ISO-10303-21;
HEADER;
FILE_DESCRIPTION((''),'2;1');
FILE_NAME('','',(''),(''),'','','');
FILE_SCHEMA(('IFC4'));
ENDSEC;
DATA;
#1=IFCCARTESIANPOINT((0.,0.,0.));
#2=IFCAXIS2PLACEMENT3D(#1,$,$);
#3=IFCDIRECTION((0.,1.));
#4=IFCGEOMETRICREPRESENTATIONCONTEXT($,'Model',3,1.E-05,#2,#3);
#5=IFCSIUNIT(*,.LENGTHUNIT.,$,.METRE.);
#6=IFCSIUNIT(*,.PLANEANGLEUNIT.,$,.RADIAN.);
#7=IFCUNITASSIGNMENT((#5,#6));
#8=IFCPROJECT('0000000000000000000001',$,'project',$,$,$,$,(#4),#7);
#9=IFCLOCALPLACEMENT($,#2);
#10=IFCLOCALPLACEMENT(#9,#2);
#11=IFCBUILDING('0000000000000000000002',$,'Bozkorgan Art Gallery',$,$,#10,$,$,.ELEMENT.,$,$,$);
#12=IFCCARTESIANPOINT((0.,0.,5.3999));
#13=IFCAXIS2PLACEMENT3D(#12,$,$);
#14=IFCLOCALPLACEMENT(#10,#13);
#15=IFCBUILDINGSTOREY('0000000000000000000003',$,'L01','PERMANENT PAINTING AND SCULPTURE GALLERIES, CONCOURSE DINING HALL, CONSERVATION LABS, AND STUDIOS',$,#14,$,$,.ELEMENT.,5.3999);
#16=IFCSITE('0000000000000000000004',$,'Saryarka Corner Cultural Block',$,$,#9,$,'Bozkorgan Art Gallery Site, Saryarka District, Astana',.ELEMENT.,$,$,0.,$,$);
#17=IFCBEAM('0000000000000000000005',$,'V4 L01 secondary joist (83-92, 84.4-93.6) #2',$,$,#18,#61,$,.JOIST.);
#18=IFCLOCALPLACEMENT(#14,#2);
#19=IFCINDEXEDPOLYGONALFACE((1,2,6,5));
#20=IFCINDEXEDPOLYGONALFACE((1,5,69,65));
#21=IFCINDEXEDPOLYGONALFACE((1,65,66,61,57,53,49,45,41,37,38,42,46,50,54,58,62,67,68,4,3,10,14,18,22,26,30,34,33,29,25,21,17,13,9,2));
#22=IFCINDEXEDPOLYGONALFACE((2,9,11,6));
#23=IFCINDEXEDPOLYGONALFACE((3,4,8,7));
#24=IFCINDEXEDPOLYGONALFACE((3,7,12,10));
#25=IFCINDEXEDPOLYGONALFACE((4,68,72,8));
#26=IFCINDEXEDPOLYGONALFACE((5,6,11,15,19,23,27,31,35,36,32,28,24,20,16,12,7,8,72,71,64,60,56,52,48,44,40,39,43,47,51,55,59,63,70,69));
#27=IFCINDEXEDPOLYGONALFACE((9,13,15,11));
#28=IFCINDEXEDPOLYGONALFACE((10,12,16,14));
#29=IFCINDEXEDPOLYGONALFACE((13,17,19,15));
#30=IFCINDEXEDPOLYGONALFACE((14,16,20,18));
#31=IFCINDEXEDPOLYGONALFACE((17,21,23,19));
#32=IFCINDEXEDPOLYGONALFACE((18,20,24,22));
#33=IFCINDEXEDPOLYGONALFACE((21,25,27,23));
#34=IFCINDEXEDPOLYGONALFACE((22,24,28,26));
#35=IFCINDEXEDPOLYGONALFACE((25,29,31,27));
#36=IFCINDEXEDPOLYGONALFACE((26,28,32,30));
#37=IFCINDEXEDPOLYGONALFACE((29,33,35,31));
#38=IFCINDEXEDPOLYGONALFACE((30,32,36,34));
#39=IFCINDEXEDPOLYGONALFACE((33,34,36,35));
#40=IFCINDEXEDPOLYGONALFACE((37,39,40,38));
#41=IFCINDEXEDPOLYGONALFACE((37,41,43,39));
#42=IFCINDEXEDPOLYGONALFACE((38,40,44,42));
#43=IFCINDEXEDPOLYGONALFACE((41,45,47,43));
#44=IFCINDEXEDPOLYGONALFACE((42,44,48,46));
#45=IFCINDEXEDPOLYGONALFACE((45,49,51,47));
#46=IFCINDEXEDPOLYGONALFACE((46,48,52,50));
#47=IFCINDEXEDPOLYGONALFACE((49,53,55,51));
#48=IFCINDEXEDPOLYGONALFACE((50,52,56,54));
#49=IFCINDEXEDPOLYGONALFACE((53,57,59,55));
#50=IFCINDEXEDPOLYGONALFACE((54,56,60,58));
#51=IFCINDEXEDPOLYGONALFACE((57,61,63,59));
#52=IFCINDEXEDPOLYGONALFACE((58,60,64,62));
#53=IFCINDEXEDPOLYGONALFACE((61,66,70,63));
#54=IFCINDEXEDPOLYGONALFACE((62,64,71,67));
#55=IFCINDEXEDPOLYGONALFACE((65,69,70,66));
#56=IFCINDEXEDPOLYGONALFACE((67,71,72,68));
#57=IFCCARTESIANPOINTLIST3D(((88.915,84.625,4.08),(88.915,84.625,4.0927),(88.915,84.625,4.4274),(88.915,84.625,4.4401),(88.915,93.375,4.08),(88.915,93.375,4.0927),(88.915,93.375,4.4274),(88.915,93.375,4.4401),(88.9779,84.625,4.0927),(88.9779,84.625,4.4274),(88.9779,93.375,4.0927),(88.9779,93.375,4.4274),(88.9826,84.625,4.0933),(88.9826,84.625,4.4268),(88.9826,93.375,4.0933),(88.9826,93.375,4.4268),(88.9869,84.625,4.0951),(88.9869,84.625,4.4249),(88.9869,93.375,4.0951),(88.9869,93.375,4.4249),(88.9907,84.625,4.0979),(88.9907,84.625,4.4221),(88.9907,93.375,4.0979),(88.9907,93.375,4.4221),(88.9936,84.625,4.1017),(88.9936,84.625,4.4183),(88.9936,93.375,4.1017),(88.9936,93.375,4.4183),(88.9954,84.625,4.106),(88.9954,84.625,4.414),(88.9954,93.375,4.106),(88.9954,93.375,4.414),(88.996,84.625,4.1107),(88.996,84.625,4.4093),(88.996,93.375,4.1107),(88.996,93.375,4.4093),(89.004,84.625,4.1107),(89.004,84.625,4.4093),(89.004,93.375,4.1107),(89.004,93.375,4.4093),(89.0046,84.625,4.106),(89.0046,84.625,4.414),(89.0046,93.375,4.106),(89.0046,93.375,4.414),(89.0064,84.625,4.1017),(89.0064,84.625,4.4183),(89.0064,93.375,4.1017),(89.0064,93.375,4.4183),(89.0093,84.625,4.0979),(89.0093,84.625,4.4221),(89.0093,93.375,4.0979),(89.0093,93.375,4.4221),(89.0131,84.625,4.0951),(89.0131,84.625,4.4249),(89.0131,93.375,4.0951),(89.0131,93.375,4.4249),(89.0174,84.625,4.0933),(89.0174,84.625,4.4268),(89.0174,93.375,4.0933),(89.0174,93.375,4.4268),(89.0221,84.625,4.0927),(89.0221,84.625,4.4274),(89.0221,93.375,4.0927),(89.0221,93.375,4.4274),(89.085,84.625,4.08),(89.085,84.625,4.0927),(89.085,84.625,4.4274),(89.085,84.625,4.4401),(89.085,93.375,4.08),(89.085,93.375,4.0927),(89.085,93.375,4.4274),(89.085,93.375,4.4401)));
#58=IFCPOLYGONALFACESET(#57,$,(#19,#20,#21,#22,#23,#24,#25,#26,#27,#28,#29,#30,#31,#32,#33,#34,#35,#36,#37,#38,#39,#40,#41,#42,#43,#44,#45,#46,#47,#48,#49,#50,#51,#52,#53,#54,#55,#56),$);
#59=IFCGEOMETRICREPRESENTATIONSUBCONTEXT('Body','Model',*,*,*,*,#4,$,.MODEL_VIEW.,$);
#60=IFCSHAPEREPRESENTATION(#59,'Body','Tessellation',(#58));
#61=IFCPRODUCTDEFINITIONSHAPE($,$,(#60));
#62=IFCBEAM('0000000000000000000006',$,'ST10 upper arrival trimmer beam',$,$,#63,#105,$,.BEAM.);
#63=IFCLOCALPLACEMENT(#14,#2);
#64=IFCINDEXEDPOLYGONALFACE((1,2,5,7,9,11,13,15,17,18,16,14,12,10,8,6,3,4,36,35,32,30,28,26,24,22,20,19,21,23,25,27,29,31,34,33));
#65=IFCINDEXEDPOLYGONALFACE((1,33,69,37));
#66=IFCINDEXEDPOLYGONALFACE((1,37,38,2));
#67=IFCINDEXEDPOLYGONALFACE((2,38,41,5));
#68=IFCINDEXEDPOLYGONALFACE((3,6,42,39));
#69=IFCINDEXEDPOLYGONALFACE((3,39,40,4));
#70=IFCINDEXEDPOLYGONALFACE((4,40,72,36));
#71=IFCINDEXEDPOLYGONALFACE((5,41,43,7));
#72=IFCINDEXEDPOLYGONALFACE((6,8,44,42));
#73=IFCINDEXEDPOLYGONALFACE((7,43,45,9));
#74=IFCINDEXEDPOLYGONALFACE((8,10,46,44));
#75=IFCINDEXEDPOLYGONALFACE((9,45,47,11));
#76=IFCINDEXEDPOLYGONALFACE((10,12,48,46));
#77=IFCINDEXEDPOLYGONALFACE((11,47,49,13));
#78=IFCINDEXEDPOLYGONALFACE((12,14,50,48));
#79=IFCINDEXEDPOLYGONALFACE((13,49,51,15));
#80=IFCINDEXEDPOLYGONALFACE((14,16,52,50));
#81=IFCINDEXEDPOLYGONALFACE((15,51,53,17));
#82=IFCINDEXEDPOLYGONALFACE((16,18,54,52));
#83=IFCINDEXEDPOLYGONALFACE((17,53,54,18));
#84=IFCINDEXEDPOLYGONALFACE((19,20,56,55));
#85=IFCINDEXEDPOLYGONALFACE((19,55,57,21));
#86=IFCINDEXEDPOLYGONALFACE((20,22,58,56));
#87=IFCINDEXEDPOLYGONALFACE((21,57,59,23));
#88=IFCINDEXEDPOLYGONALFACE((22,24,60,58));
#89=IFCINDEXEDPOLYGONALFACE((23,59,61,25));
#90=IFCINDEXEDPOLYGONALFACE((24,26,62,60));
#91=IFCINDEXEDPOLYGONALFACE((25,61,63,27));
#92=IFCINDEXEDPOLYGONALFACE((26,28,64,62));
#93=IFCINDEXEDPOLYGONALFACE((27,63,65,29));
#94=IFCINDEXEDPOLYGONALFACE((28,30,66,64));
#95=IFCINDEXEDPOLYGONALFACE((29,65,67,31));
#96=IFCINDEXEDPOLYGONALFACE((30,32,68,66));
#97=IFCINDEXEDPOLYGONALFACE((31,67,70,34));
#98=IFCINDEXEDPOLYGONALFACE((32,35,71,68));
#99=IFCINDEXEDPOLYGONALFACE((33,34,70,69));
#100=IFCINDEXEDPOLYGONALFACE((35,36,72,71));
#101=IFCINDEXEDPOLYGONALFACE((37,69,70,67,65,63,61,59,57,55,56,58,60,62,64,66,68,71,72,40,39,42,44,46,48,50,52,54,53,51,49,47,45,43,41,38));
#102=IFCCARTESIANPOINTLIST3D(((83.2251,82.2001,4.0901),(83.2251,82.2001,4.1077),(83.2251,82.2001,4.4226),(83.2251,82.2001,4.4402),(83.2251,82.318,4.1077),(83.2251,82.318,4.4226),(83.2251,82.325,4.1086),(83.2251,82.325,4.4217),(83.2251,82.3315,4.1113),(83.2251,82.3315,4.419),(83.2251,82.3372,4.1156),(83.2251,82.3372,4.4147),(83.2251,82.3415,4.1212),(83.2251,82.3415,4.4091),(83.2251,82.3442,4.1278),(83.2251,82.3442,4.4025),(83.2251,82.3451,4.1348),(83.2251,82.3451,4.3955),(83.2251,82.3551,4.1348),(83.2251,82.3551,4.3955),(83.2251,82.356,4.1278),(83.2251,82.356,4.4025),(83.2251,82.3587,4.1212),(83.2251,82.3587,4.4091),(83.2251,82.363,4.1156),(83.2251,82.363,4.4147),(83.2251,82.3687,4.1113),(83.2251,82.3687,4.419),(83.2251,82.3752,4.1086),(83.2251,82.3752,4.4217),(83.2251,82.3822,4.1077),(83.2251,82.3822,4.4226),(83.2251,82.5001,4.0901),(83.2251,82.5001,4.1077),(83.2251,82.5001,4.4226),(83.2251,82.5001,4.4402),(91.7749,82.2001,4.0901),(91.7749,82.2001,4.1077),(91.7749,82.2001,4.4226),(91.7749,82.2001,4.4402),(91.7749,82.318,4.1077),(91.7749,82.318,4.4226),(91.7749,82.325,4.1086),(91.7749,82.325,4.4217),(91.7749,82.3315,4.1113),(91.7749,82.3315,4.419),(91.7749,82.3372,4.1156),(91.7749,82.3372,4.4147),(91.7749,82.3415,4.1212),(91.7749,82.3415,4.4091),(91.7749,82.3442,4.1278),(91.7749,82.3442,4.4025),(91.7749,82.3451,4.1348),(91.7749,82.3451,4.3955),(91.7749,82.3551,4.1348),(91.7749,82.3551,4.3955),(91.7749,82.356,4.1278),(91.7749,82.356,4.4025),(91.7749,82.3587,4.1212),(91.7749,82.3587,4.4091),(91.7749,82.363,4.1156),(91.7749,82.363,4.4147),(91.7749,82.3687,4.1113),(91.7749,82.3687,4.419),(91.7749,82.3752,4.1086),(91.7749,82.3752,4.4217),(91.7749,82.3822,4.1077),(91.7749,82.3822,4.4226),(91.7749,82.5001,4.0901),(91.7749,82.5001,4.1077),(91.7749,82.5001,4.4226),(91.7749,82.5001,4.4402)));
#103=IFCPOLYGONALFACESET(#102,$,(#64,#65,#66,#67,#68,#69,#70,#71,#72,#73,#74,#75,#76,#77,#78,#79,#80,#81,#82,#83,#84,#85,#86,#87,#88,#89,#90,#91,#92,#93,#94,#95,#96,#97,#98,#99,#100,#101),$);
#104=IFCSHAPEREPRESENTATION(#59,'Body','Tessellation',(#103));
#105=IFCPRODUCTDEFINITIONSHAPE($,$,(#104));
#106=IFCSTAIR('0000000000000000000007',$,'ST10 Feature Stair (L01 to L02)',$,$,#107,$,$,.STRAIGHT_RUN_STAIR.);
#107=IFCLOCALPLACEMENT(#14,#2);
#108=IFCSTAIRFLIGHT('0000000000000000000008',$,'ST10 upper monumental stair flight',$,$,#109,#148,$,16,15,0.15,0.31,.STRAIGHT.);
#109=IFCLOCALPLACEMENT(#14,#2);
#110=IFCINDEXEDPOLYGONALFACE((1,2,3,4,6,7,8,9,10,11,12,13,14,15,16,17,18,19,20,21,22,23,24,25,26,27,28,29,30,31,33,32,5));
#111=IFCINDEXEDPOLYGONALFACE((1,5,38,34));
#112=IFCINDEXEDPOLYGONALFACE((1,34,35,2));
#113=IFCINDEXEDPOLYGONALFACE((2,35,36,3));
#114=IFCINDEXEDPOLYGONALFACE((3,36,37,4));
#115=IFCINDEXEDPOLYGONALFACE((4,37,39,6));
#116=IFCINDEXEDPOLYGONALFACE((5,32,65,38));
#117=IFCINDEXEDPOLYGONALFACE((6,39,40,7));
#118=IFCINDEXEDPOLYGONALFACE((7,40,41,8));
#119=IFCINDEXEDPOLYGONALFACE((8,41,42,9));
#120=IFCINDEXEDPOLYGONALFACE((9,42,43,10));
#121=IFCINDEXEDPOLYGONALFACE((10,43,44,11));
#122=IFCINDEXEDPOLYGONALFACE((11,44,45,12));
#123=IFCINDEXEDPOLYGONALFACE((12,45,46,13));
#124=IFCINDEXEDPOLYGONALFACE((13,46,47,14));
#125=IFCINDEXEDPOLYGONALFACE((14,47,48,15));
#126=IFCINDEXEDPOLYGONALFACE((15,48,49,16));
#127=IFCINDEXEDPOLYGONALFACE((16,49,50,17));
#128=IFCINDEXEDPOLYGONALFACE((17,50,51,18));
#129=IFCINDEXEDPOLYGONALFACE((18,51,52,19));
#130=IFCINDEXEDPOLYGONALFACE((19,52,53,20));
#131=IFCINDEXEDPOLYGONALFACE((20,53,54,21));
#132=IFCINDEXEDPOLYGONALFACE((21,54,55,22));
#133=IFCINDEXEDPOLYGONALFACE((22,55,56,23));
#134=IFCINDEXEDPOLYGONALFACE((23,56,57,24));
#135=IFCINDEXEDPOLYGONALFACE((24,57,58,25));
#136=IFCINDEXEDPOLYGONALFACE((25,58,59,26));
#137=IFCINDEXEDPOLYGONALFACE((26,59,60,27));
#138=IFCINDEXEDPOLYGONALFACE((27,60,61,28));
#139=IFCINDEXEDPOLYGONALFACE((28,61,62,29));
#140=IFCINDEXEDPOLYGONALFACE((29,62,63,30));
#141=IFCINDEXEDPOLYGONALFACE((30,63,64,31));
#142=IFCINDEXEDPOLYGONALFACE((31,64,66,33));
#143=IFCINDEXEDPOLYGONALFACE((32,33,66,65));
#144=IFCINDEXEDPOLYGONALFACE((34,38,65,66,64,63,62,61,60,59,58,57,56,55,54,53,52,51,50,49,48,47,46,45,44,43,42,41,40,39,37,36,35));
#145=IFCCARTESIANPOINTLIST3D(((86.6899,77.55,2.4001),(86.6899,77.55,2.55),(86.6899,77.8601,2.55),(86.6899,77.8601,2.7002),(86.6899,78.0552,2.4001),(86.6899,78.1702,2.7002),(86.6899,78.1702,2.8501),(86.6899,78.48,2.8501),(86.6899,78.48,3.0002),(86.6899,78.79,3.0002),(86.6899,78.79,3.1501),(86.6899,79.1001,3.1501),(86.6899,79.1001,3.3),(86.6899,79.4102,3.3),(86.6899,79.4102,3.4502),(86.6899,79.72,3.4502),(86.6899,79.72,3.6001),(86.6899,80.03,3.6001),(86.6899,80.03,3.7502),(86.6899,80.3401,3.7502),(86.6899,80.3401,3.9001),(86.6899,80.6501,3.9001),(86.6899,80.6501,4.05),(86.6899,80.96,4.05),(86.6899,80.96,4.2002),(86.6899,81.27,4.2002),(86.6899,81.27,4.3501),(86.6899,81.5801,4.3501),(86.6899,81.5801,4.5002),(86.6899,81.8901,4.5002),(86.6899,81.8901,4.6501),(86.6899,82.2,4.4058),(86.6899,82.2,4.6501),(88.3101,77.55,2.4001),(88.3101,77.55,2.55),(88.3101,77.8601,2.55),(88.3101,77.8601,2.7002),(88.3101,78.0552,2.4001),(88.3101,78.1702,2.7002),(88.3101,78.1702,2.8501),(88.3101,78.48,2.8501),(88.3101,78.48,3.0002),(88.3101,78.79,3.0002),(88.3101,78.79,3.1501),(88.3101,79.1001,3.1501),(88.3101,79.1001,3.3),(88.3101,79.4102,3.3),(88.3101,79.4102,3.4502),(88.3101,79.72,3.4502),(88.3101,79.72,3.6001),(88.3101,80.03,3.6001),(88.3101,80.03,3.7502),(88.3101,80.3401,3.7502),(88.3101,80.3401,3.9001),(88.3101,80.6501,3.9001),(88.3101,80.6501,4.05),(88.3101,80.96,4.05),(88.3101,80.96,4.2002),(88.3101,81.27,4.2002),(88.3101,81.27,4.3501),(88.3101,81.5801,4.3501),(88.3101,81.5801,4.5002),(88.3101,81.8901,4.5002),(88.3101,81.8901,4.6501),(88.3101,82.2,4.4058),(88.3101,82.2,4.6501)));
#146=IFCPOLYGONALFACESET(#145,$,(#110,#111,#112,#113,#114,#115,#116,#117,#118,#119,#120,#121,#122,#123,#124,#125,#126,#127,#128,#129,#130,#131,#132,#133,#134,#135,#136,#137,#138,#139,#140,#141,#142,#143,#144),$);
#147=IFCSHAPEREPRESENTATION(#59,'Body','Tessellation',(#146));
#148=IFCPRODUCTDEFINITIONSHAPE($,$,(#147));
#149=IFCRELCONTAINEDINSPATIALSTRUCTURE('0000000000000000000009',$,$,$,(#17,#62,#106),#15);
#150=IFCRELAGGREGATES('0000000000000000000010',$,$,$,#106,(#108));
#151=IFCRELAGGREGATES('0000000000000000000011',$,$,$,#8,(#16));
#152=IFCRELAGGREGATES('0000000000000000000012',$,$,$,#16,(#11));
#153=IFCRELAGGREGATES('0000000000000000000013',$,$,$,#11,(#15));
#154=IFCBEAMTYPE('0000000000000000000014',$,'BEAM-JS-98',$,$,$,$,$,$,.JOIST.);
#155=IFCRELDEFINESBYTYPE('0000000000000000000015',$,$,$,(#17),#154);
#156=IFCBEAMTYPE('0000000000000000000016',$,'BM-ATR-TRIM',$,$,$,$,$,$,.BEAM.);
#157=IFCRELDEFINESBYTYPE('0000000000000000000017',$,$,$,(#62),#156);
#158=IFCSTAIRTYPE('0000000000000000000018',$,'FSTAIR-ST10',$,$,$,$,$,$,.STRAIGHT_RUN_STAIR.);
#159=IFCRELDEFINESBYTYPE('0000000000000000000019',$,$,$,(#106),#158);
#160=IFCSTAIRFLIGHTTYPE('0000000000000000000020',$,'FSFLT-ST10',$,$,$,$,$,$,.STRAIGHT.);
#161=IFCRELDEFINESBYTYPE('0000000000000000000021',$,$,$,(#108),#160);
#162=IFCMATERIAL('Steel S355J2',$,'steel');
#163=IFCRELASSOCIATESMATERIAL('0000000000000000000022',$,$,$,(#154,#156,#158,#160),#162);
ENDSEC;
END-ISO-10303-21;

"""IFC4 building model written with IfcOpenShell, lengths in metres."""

from ifc_helpers import new_model, si_unit, direction, frame, origin, origin_2d, place, context, subcontext, project, spatial, polyline, i_section, outline, extrude, material, material_profile, profile_set, type_object, element, aggregate, save


model = new_model("IFC4")

# Units and contexts
model_context = context("Model", 3, precision=1e-05, world=origin(), true_north=direction((0.0, 1.0)))
body_context = subcontext(model_context, "Body", "Model", "MODEL_VIEW")
ifc_project = project(units=[si_unit("LENGTHUNIT", "METRE"), si_unit("PLANEANGLEUNIT", "RADIAN")], contexts=[model_context])

# Site, building, storey
site_placement = place(None, origin())
site = spatial("IfcSite", under=ifc_project, at=site_placement, Name="Saryarka Corner Cultural Block", LongName="Bozkorgan Art Gallery Site, Saryarka District, Astana", CompositionType="ELEMENT", RefElevation=0.0)
building_placement = place(site_placement, origin())
building = spatial("IfcBuilding", under=site, at=building_placement, Name="Bozkorgan Art Gallery", CompositionType="ELEMENT")
storey_placement = place(building_placement, frame((0.0, 0.0, 5.3999)))
storey = spatial("IfcBuildingStorey", under=building, at=storey_placement, Name="L01", Description="PERMANENT PAINTING AND SCULPTURE GALLERIES, CONCOURSE DINING HALL, CONSERVATION LABS, AND STUDIOS", CompositionType="ELEMENT", Elevation=5.3999)

# Shared definitions
ifc_material_1 = material(Name="Steel S355J2", Category="steel")

# Beams
ifc_material_profile_1 = material_profile(ifc_material_1, i_section(OverallWidth=0.1699, OverallDepth=0.3601, WebThickness=0.0081, FlangeThickness=0.0127, FilletRadius=0.0181, at=origin_2d()), Name="IPE 360")
ifc_profile_set_1 = profile_set([ifc_material_profile_1], Name="Steel S355J2")
beam_type_1 = type_object("IfcBeamType", Name="BEAM-JS-98", PredefinedType="JOIST", material=ifc_profile_set_1)
for number, where, z_axis, x_axis, name in (
    (1, (89.0, 84.625, 4.26), (0.0, 1.0, 0.0), (-1.0, 0.0, 0.0), "V4 L01 secondary joist (83-92, 84.4-93.6) #2"),
):
    element("IfcBeam", number, at=place(storey_placement, frame(where, z_axis=z_axis, x_axis=x_axis)), inside=storey, type_object=beam_type_1, Name=name, PredefinedType="JOIST", context=body_context, shape_type="SweptSolid", body=[
        extrude(i_section(OverallWidth=0.1699, OverallDepth=0.3601, WebThickness=0.0081, FlangeThickness=0.0127, FilletRadius=0.0181, at=origin_2d()), origin(), (0.0, 0.0, 1.0), 8.75),
    ])
ifc_material_profile_2 = material_profile(ifc_material_1, i_section(OverallWidth=0.3, OverallDepth=0.3501, WebThickness=0.01, FlangeThickness=0.0176, FilletRadius=0.0271, at=origin_2d()), Name="HEA 360")
ifc_profile_set_2 = profile_set([ifc_material_profile_2], Name="Steel S355J2")
beam_type_2 = type_object("IfcBeamType", Name="BM-ATR-TRIM", PredefinedType="BEAM", material=ifc_profile_set_2)
beam_placement = place(storey_placement, frame((83.2251, 82.3501, 4.2651), z_axis=(1.0, 0.0, 0.0), x_axis=(0.0, 1.0, 0.0)))
element("IfcBeam", 2, at=beam_placement, inside=storey, type_object=beam_type_2, Name="ST10 upper arrival trimmer beam", PredefinedType="BEAM", context=body_context, shape_type="SweptSolid", body=[
    extrude(i_section(OverallWidth=0.3, OverallDepth=0.3501, WebThickness=0.01, FlangeThickness=0.0176, FilletRadius=0.0271, at=origin_2d()), origin(), (0.0, 0.0, 1.0), 8.5498),
])

# Stair, stair flight
stair_type = type_object("IfcStairType", Name="FSTAIR-ST10", PredefinedType="STRAIGHT_RUN_STAIR", material=ifc_material_1)
stair_placement = place(storey_placement, origin())
stair = element("IfcStair", 3, at=stair_placement, inside=storey, type_object=stair_type, Name="ST10 Feature Stair (L01 to L02)", PredefinedType="STRAIGHT_RUN_STAIR")
stair_flight_type = type_object("IfcStairFlightType", Name="FSFLT-ST10", PredefinedType="STRAIGHT", material=ifc_material_1)
stair_flight_placement = place(storey_placement, frame((87.5, 77.55, 2.4001), z_axis=(0.0, 0.0, 1.0), x_axis=(0.0, 1.0, 0.0)))
stair_flight = element("IfcStairFlight", 4, at=stair_flight_placement, type_object=stair_flight_type, Name="ST10 upper monumental stair flight", NumberOfRisers=16, NumberOfTreads=15, PredefinedType="STRAIGHT", RiserHeight=0.15, TreadLength=0.31, context=body_context, shape_type="SweptSolid", body=[
    extrude(outline(polyline([(0.0, 0.0), (0.0, 0.1499), (0.3101, 0.1499), (0.3101, 0.3), (0.6201, 0.3), (0.6201, 0.45), (0.9299, 0.45), (0.9299, 0.6001), (1.24, 0.6001), (1.24, 0.75), (1.55, 0.75), (1.55, 0.8999), (1.8601, 0.8999), (1.8601, 1.05), (2.1699, 1.05), (2.1699, 1.2), (2.48, 1.2), (2.48, 1.3501), (2.79, 1.3501), (2.79, 1.5), (3.1001, 1.5), (3.1001, 1.6499), (3.4099, 1.6499), (3.4099, 1.8), (3.72, 1.8), (3.72, 1.95), (4.03, 1.95), (4.03, 2.1001), (4.3401, 2.1001), (4.3401, 2.25), (4.6499, 2.25), (4.6499, 2.3999), (4.6499, 2.0056), (0.5051, 0.0), (0.0, 0.0)])), frame((0.0, 0.8101, 0.0), z_axis=(0.0, -1.0, 0.0), x_axis=(1.0, 0.0, 0.0)), (0.0, 0.0, 1.0), 1.6201),
])
aggregate(stair, [stair_flight])

save(model, "model.ifc")
